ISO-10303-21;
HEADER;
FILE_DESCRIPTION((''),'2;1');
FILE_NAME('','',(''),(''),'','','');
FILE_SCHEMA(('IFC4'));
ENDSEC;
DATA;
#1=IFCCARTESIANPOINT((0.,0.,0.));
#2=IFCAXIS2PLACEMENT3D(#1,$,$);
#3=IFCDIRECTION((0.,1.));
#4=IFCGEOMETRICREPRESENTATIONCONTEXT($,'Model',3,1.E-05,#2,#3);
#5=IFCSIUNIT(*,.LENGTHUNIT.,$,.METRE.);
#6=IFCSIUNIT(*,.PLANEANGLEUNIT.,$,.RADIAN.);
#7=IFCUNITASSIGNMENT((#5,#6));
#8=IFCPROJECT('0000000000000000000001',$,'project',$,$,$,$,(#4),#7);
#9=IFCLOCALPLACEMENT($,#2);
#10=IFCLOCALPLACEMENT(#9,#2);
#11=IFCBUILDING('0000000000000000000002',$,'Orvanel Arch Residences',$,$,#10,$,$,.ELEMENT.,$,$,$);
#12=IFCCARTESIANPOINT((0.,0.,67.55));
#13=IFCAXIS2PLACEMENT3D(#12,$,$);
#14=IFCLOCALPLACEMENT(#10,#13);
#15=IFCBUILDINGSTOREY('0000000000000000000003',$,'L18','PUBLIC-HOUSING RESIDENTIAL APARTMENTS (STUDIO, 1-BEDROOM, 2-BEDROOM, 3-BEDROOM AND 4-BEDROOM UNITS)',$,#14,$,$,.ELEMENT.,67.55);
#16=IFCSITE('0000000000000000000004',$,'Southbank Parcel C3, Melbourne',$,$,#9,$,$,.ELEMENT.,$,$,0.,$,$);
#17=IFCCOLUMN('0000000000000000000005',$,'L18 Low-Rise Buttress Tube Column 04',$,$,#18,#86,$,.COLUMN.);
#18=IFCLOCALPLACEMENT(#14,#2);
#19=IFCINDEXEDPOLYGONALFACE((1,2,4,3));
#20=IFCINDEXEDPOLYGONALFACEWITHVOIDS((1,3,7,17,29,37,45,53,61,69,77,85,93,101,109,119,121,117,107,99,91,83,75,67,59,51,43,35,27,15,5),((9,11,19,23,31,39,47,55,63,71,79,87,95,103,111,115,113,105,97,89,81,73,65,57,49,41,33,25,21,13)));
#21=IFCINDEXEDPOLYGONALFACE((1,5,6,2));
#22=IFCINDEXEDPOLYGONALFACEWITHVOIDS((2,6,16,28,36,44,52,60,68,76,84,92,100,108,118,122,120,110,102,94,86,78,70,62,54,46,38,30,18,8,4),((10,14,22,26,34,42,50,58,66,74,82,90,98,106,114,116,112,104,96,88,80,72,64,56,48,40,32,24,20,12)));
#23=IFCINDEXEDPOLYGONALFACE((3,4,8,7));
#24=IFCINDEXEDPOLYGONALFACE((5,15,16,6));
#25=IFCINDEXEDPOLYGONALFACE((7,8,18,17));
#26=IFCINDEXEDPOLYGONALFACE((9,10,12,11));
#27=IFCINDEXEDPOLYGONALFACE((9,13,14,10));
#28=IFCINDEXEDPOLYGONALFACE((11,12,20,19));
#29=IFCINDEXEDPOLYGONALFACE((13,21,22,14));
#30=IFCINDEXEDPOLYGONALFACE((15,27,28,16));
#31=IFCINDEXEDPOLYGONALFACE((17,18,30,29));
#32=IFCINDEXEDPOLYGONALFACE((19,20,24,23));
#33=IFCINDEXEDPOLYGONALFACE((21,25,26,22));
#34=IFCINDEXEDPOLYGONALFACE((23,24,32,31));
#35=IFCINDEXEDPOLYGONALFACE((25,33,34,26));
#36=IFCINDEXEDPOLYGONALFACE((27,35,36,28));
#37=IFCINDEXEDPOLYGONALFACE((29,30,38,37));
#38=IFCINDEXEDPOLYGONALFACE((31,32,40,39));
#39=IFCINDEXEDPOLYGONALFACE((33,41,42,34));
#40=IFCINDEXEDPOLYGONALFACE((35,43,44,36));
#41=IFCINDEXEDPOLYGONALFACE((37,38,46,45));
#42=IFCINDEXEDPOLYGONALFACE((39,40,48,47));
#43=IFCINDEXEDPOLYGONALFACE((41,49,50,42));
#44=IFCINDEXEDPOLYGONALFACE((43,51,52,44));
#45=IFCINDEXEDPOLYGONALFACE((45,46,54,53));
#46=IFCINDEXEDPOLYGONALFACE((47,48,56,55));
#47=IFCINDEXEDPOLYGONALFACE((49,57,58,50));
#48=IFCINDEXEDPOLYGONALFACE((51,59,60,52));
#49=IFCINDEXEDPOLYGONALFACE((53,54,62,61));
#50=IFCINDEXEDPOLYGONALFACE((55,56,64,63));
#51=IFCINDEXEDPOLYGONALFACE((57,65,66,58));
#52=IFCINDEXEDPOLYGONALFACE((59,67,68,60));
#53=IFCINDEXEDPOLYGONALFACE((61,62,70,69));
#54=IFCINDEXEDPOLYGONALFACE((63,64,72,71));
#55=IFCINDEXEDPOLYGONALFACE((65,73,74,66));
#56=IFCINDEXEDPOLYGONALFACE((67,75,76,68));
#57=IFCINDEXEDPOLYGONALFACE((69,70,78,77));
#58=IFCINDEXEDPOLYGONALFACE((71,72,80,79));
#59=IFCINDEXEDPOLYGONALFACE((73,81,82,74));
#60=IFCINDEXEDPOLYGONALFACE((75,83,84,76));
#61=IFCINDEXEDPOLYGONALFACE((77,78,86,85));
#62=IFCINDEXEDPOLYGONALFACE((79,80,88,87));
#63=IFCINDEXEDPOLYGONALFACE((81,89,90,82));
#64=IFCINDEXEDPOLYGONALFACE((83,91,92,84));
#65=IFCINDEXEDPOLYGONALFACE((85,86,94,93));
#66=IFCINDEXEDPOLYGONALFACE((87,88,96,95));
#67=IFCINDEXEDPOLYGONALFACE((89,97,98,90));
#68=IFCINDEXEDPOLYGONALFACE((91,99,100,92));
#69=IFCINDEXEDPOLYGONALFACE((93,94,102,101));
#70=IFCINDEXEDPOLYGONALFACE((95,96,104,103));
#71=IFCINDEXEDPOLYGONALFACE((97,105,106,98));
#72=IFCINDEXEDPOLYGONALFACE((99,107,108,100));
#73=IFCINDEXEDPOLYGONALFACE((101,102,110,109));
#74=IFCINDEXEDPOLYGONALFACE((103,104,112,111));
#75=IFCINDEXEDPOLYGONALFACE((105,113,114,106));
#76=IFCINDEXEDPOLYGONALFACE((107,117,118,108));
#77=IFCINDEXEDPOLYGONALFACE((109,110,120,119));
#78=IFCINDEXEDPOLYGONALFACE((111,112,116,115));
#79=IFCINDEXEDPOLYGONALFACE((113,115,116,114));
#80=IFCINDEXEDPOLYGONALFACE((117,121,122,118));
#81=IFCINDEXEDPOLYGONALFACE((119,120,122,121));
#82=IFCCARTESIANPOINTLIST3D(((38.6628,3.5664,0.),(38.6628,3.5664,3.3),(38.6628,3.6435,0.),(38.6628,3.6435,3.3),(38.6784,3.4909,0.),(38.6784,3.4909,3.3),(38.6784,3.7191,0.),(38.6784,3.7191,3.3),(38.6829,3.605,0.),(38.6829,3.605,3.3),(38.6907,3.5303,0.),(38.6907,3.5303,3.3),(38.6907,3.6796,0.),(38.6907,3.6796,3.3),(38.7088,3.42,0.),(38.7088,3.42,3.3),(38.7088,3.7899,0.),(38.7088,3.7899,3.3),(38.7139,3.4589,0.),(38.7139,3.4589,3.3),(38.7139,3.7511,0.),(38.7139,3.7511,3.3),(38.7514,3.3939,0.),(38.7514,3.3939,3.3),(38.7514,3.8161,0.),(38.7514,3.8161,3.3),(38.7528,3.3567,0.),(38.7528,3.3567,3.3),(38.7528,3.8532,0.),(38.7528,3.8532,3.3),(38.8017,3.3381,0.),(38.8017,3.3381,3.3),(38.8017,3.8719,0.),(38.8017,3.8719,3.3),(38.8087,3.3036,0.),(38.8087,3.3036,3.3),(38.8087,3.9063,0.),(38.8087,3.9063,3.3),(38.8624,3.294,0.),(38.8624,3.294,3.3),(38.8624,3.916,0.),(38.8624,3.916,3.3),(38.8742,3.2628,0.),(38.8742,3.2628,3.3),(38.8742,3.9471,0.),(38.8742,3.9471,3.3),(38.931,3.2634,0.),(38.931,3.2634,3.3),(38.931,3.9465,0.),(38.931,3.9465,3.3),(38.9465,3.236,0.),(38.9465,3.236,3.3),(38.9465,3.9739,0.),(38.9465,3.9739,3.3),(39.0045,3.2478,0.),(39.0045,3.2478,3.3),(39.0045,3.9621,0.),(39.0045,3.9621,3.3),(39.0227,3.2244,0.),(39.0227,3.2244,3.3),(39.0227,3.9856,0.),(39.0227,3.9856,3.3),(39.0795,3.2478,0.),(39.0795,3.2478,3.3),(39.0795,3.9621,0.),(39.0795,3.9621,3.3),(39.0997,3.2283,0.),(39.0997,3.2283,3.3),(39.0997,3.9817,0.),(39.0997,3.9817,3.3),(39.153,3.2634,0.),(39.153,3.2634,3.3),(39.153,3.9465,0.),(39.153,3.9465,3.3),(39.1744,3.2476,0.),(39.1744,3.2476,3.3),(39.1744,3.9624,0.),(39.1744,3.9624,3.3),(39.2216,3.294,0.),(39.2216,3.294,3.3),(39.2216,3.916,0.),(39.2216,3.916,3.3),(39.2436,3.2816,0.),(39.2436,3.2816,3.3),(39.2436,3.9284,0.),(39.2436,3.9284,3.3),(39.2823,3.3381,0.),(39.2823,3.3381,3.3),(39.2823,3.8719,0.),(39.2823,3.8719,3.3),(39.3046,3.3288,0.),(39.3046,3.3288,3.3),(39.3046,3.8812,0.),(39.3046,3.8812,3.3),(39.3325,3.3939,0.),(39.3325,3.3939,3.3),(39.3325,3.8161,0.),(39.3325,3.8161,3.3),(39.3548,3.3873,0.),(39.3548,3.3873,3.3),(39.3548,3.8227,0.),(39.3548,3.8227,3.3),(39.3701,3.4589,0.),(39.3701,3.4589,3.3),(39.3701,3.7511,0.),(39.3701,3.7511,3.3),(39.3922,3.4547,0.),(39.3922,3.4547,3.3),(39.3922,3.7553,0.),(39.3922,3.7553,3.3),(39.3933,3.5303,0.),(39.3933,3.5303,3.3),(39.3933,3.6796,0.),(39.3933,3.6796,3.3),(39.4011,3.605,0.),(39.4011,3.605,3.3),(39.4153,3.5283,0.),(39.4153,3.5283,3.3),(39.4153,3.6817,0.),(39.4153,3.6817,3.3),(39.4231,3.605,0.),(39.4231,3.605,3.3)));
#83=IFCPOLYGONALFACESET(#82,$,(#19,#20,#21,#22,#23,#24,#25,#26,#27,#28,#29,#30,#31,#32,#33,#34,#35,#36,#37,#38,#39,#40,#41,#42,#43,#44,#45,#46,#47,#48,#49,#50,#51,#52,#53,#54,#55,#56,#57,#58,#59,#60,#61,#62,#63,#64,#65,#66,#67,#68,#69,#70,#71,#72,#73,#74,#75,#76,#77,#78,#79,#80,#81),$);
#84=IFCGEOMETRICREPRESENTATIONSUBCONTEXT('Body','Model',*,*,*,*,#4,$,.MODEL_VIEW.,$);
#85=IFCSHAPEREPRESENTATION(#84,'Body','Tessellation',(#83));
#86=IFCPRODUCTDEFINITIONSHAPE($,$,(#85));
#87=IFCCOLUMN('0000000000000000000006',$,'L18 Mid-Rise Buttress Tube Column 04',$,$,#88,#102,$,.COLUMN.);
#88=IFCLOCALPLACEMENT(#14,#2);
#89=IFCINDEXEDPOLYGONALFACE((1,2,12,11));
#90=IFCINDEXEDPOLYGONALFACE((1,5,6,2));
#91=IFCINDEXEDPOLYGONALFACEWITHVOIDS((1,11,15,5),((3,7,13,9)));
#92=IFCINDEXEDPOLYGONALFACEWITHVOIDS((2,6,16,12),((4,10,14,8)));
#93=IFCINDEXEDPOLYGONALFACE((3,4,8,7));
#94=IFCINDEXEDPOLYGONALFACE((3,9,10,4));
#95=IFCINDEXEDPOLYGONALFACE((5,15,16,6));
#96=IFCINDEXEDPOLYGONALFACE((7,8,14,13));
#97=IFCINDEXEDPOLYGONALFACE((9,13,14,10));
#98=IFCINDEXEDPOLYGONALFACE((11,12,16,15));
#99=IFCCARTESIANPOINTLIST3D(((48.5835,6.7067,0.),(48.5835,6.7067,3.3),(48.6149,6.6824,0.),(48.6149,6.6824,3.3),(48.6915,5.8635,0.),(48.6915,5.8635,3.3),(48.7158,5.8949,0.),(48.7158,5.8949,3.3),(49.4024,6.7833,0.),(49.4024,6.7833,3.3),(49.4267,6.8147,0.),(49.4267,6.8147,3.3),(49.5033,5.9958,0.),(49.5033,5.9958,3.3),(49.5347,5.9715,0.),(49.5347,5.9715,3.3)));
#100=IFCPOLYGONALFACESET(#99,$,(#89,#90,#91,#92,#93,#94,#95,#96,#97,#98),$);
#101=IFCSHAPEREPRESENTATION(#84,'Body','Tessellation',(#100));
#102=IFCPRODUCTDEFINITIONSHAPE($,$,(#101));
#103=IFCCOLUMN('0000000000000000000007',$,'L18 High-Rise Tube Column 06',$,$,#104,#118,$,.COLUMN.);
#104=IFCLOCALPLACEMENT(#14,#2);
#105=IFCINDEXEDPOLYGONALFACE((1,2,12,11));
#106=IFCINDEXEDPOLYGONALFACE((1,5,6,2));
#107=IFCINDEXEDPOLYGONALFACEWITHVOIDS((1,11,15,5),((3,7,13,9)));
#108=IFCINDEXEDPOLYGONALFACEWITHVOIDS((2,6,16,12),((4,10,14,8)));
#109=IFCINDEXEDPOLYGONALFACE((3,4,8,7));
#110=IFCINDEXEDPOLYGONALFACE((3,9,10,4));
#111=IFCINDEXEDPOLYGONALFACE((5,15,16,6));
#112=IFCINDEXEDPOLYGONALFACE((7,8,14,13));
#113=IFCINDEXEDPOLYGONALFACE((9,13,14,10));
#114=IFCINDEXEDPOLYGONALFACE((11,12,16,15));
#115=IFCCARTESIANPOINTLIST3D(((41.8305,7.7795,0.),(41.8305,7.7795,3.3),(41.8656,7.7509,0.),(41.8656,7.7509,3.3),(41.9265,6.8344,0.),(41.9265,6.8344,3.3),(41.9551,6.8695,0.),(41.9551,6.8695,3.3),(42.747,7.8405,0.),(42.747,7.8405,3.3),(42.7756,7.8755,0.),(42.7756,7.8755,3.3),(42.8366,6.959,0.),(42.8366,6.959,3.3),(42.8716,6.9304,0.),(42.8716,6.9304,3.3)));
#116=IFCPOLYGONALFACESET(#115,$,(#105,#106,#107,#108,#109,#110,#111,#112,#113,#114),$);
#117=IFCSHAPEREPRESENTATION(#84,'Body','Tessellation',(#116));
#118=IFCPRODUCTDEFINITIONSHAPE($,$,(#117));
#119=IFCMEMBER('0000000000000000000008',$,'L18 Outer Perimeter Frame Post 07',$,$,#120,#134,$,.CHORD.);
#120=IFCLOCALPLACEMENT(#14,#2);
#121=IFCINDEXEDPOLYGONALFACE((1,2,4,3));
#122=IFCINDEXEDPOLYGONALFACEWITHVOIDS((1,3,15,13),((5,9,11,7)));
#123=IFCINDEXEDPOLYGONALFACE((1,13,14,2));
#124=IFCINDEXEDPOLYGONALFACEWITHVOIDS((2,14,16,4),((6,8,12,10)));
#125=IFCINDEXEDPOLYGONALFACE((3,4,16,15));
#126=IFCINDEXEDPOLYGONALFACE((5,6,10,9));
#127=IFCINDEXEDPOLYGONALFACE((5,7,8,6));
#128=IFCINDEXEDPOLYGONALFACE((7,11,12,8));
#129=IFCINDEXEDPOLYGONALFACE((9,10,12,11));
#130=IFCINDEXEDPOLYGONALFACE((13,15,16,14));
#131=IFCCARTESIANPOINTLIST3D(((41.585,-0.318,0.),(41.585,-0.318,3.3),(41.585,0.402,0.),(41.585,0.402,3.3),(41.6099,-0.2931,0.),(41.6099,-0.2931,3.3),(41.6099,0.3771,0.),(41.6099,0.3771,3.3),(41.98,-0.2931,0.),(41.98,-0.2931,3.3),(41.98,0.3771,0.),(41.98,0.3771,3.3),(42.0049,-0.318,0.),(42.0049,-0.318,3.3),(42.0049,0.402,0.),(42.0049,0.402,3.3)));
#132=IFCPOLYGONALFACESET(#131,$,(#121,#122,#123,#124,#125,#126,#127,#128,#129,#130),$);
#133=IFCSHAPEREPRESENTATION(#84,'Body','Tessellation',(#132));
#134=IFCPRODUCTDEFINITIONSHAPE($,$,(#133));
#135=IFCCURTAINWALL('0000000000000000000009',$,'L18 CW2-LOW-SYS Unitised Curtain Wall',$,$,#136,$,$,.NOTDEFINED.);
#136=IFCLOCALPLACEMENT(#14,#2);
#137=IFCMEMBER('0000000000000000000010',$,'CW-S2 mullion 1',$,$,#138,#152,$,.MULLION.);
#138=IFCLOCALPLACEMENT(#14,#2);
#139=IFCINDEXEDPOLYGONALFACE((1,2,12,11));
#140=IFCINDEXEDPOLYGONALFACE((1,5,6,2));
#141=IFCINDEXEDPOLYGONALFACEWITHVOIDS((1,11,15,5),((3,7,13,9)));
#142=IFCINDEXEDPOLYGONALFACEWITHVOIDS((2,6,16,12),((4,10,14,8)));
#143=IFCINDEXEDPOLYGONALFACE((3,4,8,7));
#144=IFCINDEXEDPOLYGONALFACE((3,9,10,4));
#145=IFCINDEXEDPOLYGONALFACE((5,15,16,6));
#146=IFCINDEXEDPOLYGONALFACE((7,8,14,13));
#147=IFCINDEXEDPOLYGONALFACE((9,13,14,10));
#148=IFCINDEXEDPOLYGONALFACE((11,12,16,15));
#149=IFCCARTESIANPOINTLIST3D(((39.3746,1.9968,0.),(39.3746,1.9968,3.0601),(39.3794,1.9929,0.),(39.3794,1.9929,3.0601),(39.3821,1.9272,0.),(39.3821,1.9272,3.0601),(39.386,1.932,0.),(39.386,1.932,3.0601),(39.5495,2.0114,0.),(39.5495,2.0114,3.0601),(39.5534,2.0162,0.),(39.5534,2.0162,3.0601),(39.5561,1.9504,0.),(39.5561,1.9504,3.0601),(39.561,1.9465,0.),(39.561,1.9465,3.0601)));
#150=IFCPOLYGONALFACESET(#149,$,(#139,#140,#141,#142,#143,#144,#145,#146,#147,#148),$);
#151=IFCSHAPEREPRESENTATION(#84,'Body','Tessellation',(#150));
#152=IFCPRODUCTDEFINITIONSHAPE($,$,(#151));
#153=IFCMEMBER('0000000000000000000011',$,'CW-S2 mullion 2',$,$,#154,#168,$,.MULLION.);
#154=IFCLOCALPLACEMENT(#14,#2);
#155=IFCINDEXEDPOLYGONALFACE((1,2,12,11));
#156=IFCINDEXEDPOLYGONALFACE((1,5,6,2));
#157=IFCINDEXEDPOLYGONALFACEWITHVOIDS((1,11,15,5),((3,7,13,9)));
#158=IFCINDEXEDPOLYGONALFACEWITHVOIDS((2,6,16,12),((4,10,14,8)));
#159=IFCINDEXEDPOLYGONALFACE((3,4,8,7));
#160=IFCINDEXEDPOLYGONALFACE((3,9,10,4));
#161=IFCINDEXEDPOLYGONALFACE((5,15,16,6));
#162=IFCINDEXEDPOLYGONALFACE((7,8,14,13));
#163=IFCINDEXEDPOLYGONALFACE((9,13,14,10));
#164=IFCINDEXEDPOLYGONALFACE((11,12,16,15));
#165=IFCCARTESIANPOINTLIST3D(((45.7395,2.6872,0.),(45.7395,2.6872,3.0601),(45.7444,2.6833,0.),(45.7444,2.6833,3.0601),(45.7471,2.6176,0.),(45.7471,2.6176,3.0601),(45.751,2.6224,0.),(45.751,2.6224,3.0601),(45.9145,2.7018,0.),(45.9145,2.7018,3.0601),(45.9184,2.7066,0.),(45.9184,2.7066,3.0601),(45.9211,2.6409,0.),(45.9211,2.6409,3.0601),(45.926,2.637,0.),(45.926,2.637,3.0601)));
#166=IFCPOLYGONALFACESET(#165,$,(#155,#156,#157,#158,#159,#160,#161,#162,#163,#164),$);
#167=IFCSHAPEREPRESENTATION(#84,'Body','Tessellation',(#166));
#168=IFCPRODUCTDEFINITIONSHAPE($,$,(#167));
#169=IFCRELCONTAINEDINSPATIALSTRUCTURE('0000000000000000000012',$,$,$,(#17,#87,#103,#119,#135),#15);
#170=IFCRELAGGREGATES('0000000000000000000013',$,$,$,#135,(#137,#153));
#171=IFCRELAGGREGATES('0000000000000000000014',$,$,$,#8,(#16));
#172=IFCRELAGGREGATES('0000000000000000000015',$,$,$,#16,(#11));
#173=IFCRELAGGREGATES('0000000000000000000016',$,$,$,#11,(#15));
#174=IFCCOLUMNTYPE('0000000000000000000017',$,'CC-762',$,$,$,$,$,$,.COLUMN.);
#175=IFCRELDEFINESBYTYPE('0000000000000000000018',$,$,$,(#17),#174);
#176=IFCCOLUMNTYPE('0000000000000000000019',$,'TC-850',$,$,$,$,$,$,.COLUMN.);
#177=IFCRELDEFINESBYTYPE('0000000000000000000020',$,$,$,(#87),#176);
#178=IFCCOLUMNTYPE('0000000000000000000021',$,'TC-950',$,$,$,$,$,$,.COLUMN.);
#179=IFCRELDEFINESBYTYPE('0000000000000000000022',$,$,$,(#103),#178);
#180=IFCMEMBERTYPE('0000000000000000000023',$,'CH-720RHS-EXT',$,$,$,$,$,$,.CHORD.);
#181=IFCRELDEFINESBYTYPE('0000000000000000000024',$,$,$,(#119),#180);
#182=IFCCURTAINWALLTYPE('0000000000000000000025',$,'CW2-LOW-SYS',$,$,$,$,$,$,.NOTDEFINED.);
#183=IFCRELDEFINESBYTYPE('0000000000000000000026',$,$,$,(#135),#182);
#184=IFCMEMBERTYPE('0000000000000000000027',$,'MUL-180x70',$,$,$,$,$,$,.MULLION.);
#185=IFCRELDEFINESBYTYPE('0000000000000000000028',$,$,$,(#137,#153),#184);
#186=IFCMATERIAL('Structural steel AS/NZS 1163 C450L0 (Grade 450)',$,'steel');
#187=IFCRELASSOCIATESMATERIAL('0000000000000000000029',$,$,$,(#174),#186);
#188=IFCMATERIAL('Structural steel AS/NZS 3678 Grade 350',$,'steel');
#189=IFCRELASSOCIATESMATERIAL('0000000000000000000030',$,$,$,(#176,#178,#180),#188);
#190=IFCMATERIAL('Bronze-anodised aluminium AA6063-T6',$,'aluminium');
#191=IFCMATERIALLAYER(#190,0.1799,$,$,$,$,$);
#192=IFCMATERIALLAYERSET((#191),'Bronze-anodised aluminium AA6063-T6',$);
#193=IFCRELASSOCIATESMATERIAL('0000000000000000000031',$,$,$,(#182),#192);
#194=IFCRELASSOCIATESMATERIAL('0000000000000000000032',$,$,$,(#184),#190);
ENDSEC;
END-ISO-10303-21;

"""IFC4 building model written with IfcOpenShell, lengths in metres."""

from ifc_helpers import new_model, si_unit, direction, frame, origin, origin_2d, place, context, subcontext, project, spatial, hollow_rectangle, hollow_circle, extrude, material, layer, layer_set, material_profile, profile_set, type_object, element, aggregate, save


model = new_model("IFC4")

# Units and contexts
model_context = context("Model", 3, precision=1e-05, world=origin(), true_north=direction((0.0, 1.0)))
body_context = subcontext(model_context, "Body", "Model", "MODEL_VIEW")
ifc_project = project(units=[si_unit("LENGTHUNIT", "METRE"), si_unit("PLANEANGLEUNIT", "RADIAN")], contexts=[model_context])

# Site, building, storey
site_placement = place(None, origin())
site = spatial("IfcSite", under=ifc_project, at=site_placement, Name="Southbank Parcel C3, Melbourne", CompositionType="ELEMENT", RefElevation=0.0)
building_placement = place(site_placement, origin())
building = spatial("IfcBuilding", under=site, at=building_placement, Name="Orvanel Arch Residences", CompositionType="ELEMENT")
storey_placement = place(building_placement, frame((0.0, 0.0, 67.55)))
storey = spatial("IfcBuildingStorey", under=building, at=storey_placement, Name="L18", Description="PUBLIC-HOUSING RESIDENTIAL APARTMENTS (STUDIO, 1-BEDROOM, 2-BEDROOM, 3-BEDROOM AND 4-BEDROOM UNITS)", CompositionType="ELEMENT", Elevation=67.55)

# Columns
ifc_material_1 = material(Name="Structural steel AS/NZS 1163 C450L0 (Grade 450)", Category="steel")
ifc_material_profile_1 = material_profile(ifc_material_1, hollow_circle(Radius=0.3811, WallThickness=0.022, at=origin_2d()), Name="CHS762x22")
ifc_profile_set_1 = profile_set([ifc_material_profile_1], Name="Structural steel AS/NZS 1163 C450L0 (Grade 450)")
column_type_1 = type_object("IfcColumnType", Name="CC-762", PredefinedType="COLUMN", material=ifc_profile_set_1)
column_1_placement = place(storey_placement, frame((39.042, 3.605, 0.0), z_axis=(0.0, 0.0, 1.0), x_axis=(1.0, 0.0, 0.0)))
element("IfcColumn", 1, at=column_1_placement, inside=storey, type_object=column_type_1, Name="L18 Low-Rise Buttress Tube Column 04", PredefinedType="COLUMN", context=body_context, shape_type="SweptSolid", body=[
    extrude(hollow_circle(Radius=0.3811, WallThickness=0.022, at=origin_2d()), origin(), (0.0, 0.0, 1.0), 3.3),
])
ifc_material_2 = material(Name="Structural steel AS/NZS 3678 Grade 350", Category="steel")
ifc_material_profile_2 = material_profile(ifc_material_2, hollow_rectangle(XDim=0.8501, YDim=0.8501, WallThickness=0.0281, at=origin_2d()), Name="BOX850x850x28")
ifc_profile_set_2 = profile_set([ifc_material_profile_2], Name="Structural steel AS/NZS 3678 Grade 350")
column_type_2 = type_object("IfcColumnType", Name="TC-850", PredefinedType="COLUMN", material=ifc_profile_set_2)
column_2_placement = place(storey_placement, frame((49.0591, 6.3391, 0.0), z_axis=(0.0, 0.0, 1.0), x_axis=(0.991894, 0.127065, 0.0)))
element("IfcColumn", 2, at=column_2_placement, inside=storey, type_object=column_type_2, Name="L18 Mid-Rise Buttress Tube Column 04", PredefinedType="COLUMN", context=body_context, shape_type="SweptSolid", body=[
    extrude(hollow_rectangle(XDim=0.8501, YDim=0.8501, WallThickness=0.0281, at=origin_2d()), origin(), (0.0, 0.0, 1.0), 3.3),
])
ifc_material_profile_3 = material_profile(ifc_material_2, hollow_rectangle(XDim=0.95, YDim=0.95, WallThickness=0.032, at=origin_2d()), Name="BOX950x950x32")
ifc_profile_set_3 = profile_set([ifc_material_profile_3], Name="Structural steel AS/NZS 3678 Grade 350")
column_type_3 = type_object("IfcColumnType", Name="TC-950", PredefinedType="COLUMN", material=ifc_profile_set_3)
column_3_placement = place(storey_placement, frame((42.3511, 7.355, 0.0), z_axis=(0.0, 0.0, 1.0), x_axis=(0.994881, 0.101056, 0.0)))
element("IfcColumn", 3, at=column_3_placement, inside=storey, type_object=column_type_3, Name="L18 High-Rise Tube Column 06", PredefinedType="COLUMN", context=body_context, shape_type="SweptSolid", body=[
    extrude(hollow_rectangle(XDim=0.95, YDim=0.95, WallThickness=0.032, at=origin_2d()), origin(), (0.0, 0.0, 1.0), 3.3),
])

# Member
ifc_material_profile_4 = material_profile(ifc_material_2, hollow_rectangle(XDim=0.4199, YDim=0.72, WallThickness=0.0249, at=origin_2d()), Name="RHS720x420x25")
ifc_profile_set_4 = profile_set([ifc_material_profile_4], Name="Structural steel AS/NZS 3678 Grade 350")
member_type_1 = type_object("IfcMemberType", Name="CH-720RHS-EXT", PredefinedType="CHORD", material=ifc_profile_set_4)
member_1_placement = place(storey_placement, frame((41.7949, 0.042, 0.0), z_axis=(0.0, 0.0, 1.0), x_axis=(1.0, 0.0, 0.0)))
element("IfcMember", 4, at=member_1_placement, inside=storey, type_object=member_type_1, Name="L18 Outer Perimeter Frame Post 07", PredefinedType="CHORD", context=body_context, shape_type="SweptSolid", body=[
    extrude(hollow_rectangle(XDim=0.4199, YDim=0.72, WallThickness=0.0249, at=origin_2d()), origin(), (0.0, 0.0, 1.0), 3.3),
])

# Curtain wall, members
ifc_material_3 = material(Name="Bronze-anodised aluminium AA6063-T6", Category="aluminium")
ifc_layer_1 = layer(ifc_material_3, 0.1799)
ifc_layer_set_1 = layer_set([ifc_layer_1], Name="Bronze-anodised aluminium AA6063-T6")
curtain_wall_type = type_object("IfcCurtainWallType", Name="CW2-LOW-SYS", PredefinedType="NOTDEFINED", material=ifc_layer_set_1)
curtain_wall_placement = place(storey_placement, origin())
curtain_wall = element("IfcCurtainWall", 5, at=curtain_wall_placement, inside=storey, type_object=curtain_wall_type, Name="L18 CW2-LOW-SYS Unitised Curtain Wall", PredefinedType="NOTDEFINED")
ifc_material_profile_5 = material_profile(ifc_material_3, hollow_rectangle(XDim=0.0701, YDim=0.1799, WallThickness=0.0044, at=origin_2d()), Name="ALU180x70x4.5")
ifc_profile_set_5 = profile_set([ifc_material_profile_5], Name="Bronze-anodised aluminium AA6063-T6")
member_type_2 = type_object("IfcMemberType", Name="MUL-180x70", PredefinedType="MULLION", material=ifc_profile_set_5)
member_2_placement = place(storey_placement, frame((39.4678, 1.9717, 0.0), z_axis=(0.0, 0.0, 1.0), x_axis=(-0.107811, 0.994171, 0.0)))
member_2 = element("IfcMember", 6, at=member_2_placement, type_object=member_type_2, Name="CW-S2 mullion 1", PredefinedType="MULLION", context=body_context, shape_type="SweptSolid", body=[
    extrude(hollow_rectangle(XDim=0.0701, YDim=0.1799, WallThickness=0.0044, at=origin_2d()), origin(), (0.0, 0.0, 1.0), 3.0601),
])
member_3_placement = place(storey_placement, frame((45.8328, 2.6621, 0.0), z_axis=(0.0, 0.0, 1.0), x_axis=(-0.107811, 0.994171, 0.0)))
member_3 = element("IfcMember", 7, at=member_3_placement, type_object=member_type_2, Name="CW-S2 mullion 2", PredefinedType="MULLION", context=body_context, shape_type="SweptSolid", body=[
    extrude(hollow_rectangle(XDim=0.0701, YDim=0.1799, WallThickness=0.0044, at=origin_2d()), origin(), (0.0, 0.0, 1.0), 3.0601),
])

aggregate(curtain_wall, [member_2, member_3])

save(model, "model.ifc")
